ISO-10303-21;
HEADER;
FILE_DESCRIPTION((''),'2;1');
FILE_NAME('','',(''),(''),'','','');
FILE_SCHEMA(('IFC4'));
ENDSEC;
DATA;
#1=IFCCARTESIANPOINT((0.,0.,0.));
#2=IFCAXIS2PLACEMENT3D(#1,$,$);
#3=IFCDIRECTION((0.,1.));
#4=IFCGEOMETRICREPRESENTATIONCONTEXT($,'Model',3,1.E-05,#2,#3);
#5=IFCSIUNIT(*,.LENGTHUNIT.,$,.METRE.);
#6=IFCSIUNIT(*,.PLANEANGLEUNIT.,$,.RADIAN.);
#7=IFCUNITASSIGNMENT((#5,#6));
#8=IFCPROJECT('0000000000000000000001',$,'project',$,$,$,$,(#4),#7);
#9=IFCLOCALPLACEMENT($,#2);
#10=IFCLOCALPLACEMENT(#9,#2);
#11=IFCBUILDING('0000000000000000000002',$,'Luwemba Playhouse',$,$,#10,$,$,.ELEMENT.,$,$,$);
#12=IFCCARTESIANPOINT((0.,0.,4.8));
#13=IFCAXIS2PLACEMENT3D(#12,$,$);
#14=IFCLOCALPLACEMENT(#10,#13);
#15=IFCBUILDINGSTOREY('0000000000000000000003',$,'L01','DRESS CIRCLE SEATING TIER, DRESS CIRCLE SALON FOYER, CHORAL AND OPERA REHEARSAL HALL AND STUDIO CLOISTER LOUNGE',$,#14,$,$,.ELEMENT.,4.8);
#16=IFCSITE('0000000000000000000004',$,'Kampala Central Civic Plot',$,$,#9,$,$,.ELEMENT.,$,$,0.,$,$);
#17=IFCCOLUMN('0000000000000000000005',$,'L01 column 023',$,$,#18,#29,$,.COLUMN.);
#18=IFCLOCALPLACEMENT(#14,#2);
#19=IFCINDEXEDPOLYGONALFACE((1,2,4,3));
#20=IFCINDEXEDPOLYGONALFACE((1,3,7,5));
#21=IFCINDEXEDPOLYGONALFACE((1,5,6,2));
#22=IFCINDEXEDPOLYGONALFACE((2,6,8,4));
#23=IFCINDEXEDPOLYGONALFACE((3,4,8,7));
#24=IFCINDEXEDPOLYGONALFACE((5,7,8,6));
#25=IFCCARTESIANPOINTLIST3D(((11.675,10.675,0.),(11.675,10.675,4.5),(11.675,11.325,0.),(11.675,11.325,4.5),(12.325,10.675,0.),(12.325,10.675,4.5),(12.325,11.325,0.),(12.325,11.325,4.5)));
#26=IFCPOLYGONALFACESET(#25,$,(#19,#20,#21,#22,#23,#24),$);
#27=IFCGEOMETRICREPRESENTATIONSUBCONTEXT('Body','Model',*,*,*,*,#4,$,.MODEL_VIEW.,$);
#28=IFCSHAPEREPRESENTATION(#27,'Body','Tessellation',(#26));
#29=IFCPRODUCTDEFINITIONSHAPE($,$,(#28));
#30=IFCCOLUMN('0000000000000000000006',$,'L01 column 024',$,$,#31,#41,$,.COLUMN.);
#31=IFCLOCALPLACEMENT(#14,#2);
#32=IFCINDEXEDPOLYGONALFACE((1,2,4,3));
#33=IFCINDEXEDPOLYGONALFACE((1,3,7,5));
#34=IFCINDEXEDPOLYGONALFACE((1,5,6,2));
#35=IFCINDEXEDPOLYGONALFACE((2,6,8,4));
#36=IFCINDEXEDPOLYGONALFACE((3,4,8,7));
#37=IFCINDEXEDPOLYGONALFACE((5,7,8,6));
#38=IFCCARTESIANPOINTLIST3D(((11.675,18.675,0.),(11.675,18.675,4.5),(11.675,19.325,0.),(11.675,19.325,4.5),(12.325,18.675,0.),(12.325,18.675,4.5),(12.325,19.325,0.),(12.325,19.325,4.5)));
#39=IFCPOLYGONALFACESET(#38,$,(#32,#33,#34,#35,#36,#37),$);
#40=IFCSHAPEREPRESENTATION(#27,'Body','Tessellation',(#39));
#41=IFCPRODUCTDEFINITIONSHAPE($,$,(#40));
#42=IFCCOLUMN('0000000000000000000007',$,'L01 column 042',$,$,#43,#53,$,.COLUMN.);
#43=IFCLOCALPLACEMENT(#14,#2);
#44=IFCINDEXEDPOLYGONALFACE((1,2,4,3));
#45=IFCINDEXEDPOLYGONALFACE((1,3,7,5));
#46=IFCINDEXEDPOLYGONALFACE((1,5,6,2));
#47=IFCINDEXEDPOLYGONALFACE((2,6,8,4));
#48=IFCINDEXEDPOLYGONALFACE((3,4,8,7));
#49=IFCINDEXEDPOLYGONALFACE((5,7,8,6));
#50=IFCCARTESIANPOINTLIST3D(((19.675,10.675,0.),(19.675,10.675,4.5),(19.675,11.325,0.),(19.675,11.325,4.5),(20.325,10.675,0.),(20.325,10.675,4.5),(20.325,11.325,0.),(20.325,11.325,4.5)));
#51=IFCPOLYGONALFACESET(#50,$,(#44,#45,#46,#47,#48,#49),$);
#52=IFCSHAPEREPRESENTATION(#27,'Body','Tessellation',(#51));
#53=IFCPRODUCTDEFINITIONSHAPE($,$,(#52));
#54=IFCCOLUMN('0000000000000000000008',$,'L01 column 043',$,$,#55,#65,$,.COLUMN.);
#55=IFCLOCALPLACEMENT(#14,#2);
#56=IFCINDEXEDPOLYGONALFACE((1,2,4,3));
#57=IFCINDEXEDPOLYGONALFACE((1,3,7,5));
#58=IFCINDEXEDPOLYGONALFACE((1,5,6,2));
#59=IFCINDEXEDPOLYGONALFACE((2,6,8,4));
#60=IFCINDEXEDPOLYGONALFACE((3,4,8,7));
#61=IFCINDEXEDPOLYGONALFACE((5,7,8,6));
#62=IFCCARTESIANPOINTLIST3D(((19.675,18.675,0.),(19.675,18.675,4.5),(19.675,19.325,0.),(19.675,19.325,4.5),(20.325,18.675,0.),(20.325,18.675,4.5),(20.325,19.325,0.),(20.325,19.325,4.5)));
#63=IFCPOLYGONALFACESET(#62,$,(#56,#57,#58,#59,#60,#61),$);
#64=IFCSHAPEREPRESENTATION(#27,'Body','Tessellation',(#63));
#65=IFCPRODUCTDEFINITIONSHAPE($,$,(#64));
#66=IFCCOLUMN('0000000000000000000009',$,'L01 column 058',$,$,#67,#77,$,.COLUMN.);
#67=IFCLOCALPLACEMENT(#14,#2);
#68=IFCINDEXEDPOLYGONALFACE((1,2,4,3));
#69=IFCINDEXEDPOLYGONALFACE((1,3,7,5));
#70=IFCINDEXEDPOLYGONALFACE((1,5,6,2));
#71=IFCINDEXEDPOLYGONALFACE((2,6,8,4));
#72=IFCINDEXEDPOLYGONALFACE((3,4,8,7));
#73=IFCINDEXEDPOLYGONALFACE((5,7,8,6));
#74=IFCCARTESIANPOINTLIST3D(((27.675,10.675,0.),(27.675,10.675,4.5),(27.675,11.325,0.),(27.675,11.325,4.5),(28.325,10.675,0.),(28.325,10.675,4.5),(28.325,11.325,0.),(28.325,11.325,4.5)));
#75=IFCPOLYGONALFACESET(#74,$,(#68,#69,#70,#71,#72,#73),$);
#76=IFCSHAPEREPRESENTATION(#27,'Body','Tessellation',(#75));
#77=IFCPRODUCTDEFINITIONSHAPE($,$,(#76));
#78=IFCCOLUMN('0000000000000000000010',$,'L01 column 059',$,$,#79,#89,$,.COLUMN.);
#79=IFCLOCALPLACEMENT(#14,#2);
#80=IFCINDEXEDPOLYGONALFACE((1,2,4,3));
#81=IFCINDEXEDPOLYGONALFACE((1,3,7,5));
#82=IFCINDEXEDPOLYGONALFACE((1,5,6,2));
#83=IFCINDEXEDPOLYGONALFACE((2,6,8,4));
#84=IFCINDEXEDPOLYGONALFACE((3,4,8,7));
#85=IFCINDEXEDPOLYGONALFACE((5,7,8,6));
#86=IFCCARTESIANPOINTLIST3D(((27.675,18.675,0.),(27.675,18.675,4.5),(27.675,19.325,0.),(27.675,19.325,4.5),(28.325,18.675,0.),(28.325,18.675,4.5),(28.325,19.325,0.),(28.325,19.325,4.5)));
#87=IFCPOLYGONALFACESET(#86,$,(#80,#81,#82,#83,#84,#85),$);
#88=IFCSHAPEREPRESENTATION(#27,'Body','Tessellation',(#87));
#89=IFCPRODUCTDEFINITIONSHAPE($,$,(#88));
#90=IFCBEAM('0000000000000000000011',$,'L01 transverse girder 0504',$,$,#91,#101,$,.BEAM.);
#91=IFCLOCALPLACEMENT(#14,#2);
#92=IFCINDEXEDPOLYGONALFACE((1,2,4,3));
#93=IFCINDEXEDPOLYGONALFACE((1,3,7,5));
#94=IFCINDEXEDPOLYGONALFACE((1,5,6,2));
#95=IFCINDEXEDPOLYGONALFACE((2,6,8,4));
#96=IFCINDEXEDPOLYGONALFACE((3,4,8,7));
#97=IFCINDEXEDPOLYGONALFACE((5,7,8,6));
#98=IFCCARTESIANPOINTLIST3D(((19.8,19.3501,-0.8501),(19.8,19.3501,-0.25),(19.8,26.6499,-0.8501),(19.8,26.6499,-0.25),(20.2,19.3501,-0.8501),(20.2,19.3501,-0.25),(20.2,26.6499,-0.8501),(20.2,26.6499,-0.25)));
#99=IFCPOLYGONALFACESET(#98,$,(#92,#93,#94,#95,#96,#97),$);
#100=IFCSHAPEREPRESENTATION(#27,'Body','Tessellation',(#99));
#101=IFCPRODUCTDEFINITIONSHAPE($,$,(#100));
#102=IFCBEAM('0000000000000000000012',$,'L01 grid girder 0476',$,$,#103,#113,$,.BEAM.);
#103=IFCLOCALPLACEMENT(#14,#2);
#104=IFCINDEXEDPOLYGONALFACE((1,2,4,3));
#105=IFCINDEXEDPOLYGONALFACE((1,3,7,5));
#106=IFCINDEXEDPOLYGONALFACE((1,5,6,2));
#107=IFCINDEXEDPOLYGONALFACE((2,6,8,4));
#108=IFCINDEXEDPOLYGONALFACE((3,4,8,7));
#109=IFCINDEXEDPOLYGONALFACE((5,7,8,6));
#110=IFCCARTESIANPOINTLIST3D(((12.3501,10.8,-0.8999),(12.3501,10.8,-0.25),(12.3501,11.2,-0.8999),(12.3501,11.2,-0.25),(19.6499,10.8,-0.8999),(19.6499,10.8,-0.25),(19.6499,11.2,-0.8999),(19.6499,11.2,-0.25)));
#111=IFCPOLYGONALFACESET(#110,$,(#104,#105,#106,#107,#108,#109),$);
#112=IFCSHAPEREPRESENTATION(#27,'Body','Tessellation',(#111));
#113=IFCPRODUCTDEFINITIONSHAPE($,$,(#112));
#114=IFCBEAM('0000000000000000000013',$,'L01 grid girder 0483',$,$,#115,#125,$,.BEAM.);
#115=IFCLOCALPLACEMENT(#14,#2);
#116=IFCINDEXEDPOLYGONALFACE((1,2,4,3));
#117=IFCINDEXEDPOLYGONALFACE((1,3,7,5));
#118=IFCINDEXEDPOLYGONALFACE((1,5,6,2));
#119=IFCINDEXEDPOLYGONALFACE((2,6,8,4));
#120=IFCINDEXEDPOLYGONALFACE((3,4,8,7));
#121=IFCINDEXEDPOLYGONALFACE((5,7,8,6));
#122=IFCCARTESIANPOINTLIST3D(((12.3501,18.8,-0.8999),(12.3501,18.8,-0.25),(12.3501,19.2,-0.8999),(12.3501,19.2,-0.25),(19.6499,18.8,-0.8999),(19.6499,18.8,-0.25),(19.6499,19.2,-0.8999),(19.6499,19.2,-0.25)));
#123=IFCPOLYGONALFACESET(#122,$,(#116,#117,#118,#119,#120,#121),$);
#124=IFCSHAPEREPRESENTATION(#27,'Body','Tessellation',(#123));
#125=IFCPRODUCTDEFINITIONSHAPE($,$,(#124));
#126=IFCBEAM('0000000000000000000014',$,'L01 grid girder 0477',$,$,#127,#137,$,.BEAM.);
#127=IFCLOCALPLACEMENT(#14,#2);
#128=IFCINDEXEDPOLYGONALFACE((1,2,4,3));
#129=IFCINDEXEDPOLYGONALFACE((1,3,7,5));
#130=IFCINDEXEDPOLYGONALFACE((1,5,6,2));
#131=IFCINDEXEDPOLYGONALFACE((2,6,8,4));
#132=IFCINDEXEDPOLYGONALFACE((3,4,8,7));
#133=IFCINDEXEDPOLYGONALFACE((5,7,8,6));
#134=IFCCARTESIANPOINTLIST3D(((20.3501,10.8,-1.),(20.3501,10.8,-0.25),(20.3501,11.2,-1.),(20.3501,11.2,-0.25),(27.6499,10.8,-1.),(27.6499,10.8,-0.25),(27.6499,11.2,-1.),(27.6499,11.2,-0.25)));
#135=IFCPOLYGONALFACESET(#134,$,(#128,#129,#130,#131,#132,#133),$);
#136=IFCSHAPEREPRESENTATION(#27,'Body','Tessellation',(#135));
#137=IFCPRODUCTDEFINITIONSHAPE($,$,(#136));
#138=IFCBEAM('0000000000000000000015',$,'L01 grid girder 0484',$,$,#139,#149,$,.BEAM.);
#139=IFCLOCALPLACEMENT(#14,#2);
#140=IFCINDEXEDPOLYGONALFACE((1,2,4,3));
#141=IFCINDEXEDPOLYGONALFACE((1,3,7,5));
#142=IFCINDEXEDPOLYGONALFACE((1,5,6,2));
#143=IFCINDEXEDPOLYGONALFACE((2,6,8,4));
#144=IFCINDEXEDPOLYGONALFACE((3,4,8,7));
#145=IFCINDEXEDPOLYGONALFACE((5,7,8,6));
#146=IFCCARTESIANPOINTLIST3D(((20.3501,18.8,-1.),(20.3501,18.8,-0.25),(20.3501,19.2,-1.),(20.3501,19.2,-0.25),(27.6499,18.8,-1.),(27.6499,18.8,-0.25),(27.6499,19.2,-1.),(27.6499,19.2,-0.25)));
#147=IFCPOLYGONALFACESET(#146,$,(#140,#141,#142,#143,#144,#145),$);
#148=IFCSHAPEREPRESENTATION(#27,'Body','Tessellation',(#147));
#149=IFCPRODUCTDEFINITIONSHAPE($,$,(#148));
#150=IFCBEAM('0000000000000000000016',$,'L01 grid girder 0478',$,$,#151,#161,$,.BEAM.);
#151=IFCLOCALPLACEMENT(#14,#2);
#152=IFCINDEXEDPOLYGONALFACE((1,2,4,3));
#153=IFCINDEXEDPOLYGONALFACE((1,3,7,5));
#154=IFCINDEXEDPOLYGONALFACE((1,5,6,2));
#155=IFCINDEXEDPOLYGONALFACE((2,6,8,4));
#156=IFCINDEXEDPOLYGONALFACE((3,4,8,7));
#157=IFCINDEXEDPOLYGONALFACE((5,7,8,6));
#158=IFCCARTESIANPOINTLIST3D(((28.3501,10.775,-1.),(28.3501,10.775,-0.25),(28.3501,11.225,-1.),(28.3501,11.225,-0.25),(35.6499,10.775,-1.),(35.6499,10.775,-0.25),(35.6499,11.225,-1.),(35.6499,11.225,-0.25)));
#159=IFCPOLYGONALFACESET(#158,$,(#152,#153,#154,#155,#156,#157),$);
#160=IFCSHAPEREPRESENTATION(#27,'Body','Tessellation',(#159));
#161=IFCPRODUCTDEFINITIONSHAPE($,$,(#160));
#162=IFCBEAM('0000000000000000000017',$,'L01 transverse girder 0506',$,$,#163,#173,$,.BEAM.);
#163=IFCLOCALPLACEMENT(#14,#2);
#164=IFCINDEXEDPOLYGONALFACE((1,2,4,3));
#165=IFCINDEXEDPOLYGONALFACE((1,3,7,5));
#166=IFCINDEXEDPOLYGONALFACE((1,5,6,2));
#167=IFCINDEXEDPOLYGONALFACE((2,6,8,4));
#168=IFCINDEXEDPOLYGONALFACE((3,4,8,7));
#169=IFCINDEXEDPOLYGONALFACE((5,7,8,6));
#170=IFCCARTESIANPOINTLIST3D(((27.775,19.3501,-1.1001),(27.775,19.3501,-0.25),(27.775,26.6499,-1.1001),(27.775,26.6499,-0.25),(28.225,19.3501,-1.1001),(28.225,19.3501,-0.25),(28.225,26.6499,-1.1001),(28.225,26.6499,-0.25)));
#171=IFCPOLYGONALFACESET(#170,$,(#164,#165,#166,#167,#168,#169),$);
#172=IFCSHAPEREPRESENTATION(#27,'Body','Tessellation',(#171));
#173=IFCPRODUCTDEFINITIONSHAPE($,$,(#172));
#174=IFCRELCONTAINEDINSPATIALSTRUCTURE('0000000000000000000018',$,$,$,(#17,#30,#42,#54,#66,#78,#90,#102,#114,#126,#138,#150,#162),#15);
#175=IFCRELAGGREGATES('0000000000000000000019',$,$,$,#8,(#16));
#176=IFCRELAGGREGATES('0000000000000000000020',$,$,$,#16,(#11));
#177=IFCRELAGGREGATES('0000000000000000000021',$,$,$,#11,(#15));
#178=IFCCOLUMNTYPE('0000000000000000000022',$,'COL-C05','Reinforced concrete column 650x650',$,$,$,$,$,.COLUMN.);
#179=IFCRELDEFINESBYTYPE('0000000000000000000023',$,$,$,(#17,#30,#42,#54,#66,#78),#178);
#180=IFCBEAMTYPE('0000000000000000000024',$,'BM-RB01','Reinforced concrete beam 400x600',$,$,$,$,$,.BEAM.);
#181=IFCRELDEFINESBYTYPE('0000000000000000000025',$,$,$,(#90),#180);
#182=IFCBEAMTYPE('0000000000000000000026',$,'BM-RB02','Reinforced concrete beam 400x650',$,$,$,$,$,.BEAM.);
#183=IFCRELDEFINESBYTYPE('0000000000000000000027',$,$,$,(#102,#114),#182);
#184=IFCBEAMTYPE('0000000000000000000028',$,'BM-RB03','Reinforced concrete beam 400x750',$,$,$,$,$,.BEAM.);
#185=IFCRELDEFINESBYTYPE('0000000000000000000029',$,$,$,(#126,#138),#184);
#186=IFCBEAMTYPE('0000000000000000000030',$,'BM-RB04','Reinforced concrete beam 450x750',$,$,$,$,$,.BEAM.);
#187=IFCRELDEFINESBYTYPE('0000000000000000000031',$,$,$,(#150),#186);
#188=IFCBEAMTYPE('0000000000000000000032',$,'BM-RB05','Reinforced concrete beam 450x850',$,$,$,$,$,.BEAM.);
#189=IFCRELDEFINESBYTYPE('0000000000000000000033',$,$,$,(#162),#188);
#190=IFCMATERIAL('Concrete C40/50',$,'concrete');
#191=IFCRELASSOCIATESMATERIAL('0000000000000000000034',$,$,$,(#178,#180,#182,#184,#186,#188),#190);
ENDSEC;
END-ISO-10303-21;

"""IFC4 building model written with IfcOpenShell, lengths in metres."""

from ifc_helpers import new_model, si_unit, direction, frame, origin, origin_2d, place, context, subcontext, project, spatial, rectangle, extrude, material, material_profile, profile_set, type_object, element, save


model = new_model("IFC4")

# Units and contexts
model_context = context("Model", 3, precision=1e-05, world=origin(), true_north=direction((0.0, 1.0)))
body_context = subcontext(model_context, "Body", "Model", "MODEL_VIEW")
ifc_project = project(units=[si_unit("LENGTHUNIT", "METRE"), si_unit("PLANEANGLEUNIT", "RADIAN")], contexts=[model_context])

# Site, building, storey
site_placement = place(None, origin())
site = spatial("IfcSite", under=ifc_project, at=site_placement, Name="Kampala Central Civic Plot", CompositionType="ELEMENT", RefElevation=0.0)
building_placement = place(site_placement, origin())
building = spatial("IfcBuilding", under=site, at=building_placement, Name="Luwemba Playhouse", CompositionType="ELEMENT")
storey_placement = place(building_placement, frame((0.0, 0.0, 4.8)))
storey = spatial("IfcBuildingStorey", under=building, at=storey_placement, Name="L01", Description="DRESS CIRCLE SEATING TIER, DRESS CIRCLE SALON FOYER, CHORAL AND OPERA REHEARSAL HALL AND STUDIO CLOISTER LOUNGE", CompositionType="ELEMENT", Elevation=4.8)

# Columns
ifc_material_1 = material(Name="Concrete C40/50", Category="concrete")
ifc_material_profile_1 = material_profile(ifc_material_1, rectangle(XDim=0.6499, YDim=0.6499, at=origin_2d()))
ifc_profile_set_1 = profile_set([ifc_material_profile_1], Name="Concrete C40/50")
column_type = type_object("IfcColumnType", Name="COL-C05", Description="Reinforced concrete column 650x650", PredefinedType="COLUMN", material=ifc_profile_set_1)
for number, where, z_axis, x_axis, name in (
    (1, (12.0, 11.0, 0.0), (0.0, 0.0, 1.0), (1.0, 0.0, 0.0), "L01 column 023"),
    (2, (12.0, 19.0, 0.0), (0.0, 0.0, 1.0), (1.0, 0.0, 0.0), "L01 column 024"),
    (3, (20.0, 11.0, 0.0), (0.0, 0.0, 1.0), (1.0, 0.0, 0.0), "L01 column 042"),
    (4, (20.0, 19.0, 0.0), (0.0, 0.0, 1.0), (1.0, 0.0, 0.0), "L01 column 043"),
    (5, (28.0, 11.0, 0.0), (0.0, 0.0, 1.0), (1.0, 0.0, 0.0), "L01 column 058"),
    (6, (28.0, 19.0, 0.0), (0.0, 0.0, 1.0), (1.0, 0.0, 0.0), "L01 column 059"),
):
    element("IfcColumn", number, at=place(storey_placement, frame(where, z_axis=z_axis, x_axis=x_axis)), inside=storey, type_object=column_type, Name=name, PredefinedType="COLUMN", context=body_context, shape_type="SweptSolid", body=[
        extrude(rectangle(XDim=0.6499, YDim=0.6499, at=origin_2d()), origin(), (0.0, 0.0, 1.0), 4.5),
    ])

# Beams
ifc_material_profile_2 = material_profile(ifc_material_1, rectangle(XDim=0.3999, YDim=0.6001, at=origin_2d()))
ifc_profile_set_2 = profile_set([ifc_material_profile_2], Name="Concrete C40/50")
beam_type_1 = type_object("IfcBeamType", Name="BM-RB01", Description="Reinforced concrete beam 400x600", PredefinedType="BEAM", material=ifc_profile_set_2)
beam_1_placement = place(storey_placement, frame((20.0, 19.3501, -0.55), z_axis=(0.0, 1.0, 0.0), x_axis=(-1.0, 0.0, 0.0)))
element("IfcBeam", 7, at=beam_1_placement, inside=storey, type_object=beam_type_1, Name="L01 transverse girder 0504", PredefinedType="BEAM", context=body_context, shape_type="SweptSolid", body=[
    extrude(rectangle(XDim=0.3999, YDim=0.6001, at=origin_2d()), origin(), (0.0, 0.0, 1.0), 7.2998),
])
ifc_material_profile_3 = material_profile(ifc_material_1, rectangle(XDim=0.3999, YDim=0.6499, at=origin_2d()))
ifc_profile_set_3 = profile_set([ifc_material_profile_3], Name="Concrete C40/50")
beam_type_2 = type_object("IfcBeamType", Name="BM-RB02", Description="Reinforced concrete beam 400x650", PredefinedType="BEAM", material=ifc_profile_set_3)
for number, where, z_axis, x_axis, name in (
    (8, (12.3501, 11.0, -0.575), (1.0, 0.0, 0.0), (0.0, 1.0, 0.0), "L01 grid girder 0476"),
    (9, (12.3501, 19.0, -0.575), (1.0, 0.0, 0.0), (0.0, 1.0, 0.0), "L01 grid girder 0483"),
):
    element("IfcBeam", number, at=place(storey_placement, frame(where, z_axis=z_axis, x_axis=x_axis)), inside=storey, type_object=beam_type_2, Name=name, PredefinedType="BEAM", context=body_context, shape_type="SweptSolid", body=[
        extrude(rectangle(XDim=0.3999, YDim=0.6499, at=origin_2d()), origin(), (0.0, 0.0, 1.0), 7.2998),
    ])
ifc_material_profile_4 = material_profile(ifc_material_1, rectangle(XDim=0.3999, YDim=0.75, at=origin_2d()))
ifc_profile_set_4 = profile_set([ifc_material_profile_4], Name="Concrete C40/50")
beam_type_3 = type_object("IfcBeamType", Name="BM-RB03", Description="Reinforced concrete beam 400x750", PredefinedType="BEAM", material=ifc_profile_set_4)
for number, where, z_axis, x_axis, name in (
    (10, (20.3501, 11.0, -0.625), (1.0, 0.0, 0.0), (0.0, 1.0, 0.0), "L01 grid girder 0477"),
    (11, (20.3501, 19.0, -0.625), (1.0, 0.0, 0.0), (0.0, 1.0, 0.0), "L01 grid girder 0484"),
):
    element("IfcBeam", number, at=place(storey_placement, frame(where, z_axis=z_axis, x_axis=x_axis)), inside=storey, type_object=beam_type_3, Name=name, PredefinedType="BEAM", context=body_context, shape_type="SweptSolid", body=[
        extrude(rectangle(XDim=0.3999, YDim=0.75, at=origin_2d()), origin(), (0.0, 0.0, 1.0), 7.2998),
    ])
ifc_material_profile_5 = material_profile(ifc_material_1, rectangle(XDim=0.45, YDim=0.75, at=origin_2d()))
ifc_profile_set_5 = profile_set([ifc_material_profile_5], Name="Concrete C40/50")
beam_type_4 = type_object("IfcBeamType", Name="BM-RB04", Description="Reinforced concrete beam 450x750", PredefinedType="BEAM", material=ifc_profile_set_5)
beam_2_placement = place(storey_placement, frame((28.3501, 11.0, -0.625), z_axis=(1.0, 0.0, 0.0), x_axis=(0.0, 1.0, 0.0)))
element("IfcBeam", 12, at=beam_2_placement, inside=storey, type_object=beam_type_4, Name="L01 grid girder 0478", PredefinedType="BEAM", context=body_context, shape_type="SweptSolid", body=[
    extrude(rectangle(XDim=0.45, YDim=0.75, at=origin_2d()), origin(), (0.0, 0.0, 1.0), 7.2998),
])
ifc_material_profile_6 = material_profile(ifc_material_1, rectangle(XDim=0.45, YDim=0.8501, at=origin_2d()))
ifc_profile_set_6 = profile_set([ifc_material_profile_6], Name="Concrete C40/50")
beam_type_5 = type_object("IfcBeamType", Name="BM-RB05", Description="Reinforced concrete beam 450x850", PredefinedType="BEAM", material=ifc_profile_set_6)
beam_3_placement = place(storey_placement, frame((28.0, 19.3501, -0.675), z_axis=(0.0, 1.0, 0.0), x_axis=(-1.0, 0.0, 0.0)))
element("IfcBeam", 13, at=beam_3_placement, inside=storey, type_object=beam_type_5, Name="L01 transverse girder 0506", PredefinedType="BEAM", context=body_context, shape_type="SweptSolid", body=[
    extrude(rectangle(XDim=0.45, YDim=0.8501, at=origin_2d()), origin(), (0.0, 0.0, 1.0), 7.2998),
])

save(model, "model.ifc")
